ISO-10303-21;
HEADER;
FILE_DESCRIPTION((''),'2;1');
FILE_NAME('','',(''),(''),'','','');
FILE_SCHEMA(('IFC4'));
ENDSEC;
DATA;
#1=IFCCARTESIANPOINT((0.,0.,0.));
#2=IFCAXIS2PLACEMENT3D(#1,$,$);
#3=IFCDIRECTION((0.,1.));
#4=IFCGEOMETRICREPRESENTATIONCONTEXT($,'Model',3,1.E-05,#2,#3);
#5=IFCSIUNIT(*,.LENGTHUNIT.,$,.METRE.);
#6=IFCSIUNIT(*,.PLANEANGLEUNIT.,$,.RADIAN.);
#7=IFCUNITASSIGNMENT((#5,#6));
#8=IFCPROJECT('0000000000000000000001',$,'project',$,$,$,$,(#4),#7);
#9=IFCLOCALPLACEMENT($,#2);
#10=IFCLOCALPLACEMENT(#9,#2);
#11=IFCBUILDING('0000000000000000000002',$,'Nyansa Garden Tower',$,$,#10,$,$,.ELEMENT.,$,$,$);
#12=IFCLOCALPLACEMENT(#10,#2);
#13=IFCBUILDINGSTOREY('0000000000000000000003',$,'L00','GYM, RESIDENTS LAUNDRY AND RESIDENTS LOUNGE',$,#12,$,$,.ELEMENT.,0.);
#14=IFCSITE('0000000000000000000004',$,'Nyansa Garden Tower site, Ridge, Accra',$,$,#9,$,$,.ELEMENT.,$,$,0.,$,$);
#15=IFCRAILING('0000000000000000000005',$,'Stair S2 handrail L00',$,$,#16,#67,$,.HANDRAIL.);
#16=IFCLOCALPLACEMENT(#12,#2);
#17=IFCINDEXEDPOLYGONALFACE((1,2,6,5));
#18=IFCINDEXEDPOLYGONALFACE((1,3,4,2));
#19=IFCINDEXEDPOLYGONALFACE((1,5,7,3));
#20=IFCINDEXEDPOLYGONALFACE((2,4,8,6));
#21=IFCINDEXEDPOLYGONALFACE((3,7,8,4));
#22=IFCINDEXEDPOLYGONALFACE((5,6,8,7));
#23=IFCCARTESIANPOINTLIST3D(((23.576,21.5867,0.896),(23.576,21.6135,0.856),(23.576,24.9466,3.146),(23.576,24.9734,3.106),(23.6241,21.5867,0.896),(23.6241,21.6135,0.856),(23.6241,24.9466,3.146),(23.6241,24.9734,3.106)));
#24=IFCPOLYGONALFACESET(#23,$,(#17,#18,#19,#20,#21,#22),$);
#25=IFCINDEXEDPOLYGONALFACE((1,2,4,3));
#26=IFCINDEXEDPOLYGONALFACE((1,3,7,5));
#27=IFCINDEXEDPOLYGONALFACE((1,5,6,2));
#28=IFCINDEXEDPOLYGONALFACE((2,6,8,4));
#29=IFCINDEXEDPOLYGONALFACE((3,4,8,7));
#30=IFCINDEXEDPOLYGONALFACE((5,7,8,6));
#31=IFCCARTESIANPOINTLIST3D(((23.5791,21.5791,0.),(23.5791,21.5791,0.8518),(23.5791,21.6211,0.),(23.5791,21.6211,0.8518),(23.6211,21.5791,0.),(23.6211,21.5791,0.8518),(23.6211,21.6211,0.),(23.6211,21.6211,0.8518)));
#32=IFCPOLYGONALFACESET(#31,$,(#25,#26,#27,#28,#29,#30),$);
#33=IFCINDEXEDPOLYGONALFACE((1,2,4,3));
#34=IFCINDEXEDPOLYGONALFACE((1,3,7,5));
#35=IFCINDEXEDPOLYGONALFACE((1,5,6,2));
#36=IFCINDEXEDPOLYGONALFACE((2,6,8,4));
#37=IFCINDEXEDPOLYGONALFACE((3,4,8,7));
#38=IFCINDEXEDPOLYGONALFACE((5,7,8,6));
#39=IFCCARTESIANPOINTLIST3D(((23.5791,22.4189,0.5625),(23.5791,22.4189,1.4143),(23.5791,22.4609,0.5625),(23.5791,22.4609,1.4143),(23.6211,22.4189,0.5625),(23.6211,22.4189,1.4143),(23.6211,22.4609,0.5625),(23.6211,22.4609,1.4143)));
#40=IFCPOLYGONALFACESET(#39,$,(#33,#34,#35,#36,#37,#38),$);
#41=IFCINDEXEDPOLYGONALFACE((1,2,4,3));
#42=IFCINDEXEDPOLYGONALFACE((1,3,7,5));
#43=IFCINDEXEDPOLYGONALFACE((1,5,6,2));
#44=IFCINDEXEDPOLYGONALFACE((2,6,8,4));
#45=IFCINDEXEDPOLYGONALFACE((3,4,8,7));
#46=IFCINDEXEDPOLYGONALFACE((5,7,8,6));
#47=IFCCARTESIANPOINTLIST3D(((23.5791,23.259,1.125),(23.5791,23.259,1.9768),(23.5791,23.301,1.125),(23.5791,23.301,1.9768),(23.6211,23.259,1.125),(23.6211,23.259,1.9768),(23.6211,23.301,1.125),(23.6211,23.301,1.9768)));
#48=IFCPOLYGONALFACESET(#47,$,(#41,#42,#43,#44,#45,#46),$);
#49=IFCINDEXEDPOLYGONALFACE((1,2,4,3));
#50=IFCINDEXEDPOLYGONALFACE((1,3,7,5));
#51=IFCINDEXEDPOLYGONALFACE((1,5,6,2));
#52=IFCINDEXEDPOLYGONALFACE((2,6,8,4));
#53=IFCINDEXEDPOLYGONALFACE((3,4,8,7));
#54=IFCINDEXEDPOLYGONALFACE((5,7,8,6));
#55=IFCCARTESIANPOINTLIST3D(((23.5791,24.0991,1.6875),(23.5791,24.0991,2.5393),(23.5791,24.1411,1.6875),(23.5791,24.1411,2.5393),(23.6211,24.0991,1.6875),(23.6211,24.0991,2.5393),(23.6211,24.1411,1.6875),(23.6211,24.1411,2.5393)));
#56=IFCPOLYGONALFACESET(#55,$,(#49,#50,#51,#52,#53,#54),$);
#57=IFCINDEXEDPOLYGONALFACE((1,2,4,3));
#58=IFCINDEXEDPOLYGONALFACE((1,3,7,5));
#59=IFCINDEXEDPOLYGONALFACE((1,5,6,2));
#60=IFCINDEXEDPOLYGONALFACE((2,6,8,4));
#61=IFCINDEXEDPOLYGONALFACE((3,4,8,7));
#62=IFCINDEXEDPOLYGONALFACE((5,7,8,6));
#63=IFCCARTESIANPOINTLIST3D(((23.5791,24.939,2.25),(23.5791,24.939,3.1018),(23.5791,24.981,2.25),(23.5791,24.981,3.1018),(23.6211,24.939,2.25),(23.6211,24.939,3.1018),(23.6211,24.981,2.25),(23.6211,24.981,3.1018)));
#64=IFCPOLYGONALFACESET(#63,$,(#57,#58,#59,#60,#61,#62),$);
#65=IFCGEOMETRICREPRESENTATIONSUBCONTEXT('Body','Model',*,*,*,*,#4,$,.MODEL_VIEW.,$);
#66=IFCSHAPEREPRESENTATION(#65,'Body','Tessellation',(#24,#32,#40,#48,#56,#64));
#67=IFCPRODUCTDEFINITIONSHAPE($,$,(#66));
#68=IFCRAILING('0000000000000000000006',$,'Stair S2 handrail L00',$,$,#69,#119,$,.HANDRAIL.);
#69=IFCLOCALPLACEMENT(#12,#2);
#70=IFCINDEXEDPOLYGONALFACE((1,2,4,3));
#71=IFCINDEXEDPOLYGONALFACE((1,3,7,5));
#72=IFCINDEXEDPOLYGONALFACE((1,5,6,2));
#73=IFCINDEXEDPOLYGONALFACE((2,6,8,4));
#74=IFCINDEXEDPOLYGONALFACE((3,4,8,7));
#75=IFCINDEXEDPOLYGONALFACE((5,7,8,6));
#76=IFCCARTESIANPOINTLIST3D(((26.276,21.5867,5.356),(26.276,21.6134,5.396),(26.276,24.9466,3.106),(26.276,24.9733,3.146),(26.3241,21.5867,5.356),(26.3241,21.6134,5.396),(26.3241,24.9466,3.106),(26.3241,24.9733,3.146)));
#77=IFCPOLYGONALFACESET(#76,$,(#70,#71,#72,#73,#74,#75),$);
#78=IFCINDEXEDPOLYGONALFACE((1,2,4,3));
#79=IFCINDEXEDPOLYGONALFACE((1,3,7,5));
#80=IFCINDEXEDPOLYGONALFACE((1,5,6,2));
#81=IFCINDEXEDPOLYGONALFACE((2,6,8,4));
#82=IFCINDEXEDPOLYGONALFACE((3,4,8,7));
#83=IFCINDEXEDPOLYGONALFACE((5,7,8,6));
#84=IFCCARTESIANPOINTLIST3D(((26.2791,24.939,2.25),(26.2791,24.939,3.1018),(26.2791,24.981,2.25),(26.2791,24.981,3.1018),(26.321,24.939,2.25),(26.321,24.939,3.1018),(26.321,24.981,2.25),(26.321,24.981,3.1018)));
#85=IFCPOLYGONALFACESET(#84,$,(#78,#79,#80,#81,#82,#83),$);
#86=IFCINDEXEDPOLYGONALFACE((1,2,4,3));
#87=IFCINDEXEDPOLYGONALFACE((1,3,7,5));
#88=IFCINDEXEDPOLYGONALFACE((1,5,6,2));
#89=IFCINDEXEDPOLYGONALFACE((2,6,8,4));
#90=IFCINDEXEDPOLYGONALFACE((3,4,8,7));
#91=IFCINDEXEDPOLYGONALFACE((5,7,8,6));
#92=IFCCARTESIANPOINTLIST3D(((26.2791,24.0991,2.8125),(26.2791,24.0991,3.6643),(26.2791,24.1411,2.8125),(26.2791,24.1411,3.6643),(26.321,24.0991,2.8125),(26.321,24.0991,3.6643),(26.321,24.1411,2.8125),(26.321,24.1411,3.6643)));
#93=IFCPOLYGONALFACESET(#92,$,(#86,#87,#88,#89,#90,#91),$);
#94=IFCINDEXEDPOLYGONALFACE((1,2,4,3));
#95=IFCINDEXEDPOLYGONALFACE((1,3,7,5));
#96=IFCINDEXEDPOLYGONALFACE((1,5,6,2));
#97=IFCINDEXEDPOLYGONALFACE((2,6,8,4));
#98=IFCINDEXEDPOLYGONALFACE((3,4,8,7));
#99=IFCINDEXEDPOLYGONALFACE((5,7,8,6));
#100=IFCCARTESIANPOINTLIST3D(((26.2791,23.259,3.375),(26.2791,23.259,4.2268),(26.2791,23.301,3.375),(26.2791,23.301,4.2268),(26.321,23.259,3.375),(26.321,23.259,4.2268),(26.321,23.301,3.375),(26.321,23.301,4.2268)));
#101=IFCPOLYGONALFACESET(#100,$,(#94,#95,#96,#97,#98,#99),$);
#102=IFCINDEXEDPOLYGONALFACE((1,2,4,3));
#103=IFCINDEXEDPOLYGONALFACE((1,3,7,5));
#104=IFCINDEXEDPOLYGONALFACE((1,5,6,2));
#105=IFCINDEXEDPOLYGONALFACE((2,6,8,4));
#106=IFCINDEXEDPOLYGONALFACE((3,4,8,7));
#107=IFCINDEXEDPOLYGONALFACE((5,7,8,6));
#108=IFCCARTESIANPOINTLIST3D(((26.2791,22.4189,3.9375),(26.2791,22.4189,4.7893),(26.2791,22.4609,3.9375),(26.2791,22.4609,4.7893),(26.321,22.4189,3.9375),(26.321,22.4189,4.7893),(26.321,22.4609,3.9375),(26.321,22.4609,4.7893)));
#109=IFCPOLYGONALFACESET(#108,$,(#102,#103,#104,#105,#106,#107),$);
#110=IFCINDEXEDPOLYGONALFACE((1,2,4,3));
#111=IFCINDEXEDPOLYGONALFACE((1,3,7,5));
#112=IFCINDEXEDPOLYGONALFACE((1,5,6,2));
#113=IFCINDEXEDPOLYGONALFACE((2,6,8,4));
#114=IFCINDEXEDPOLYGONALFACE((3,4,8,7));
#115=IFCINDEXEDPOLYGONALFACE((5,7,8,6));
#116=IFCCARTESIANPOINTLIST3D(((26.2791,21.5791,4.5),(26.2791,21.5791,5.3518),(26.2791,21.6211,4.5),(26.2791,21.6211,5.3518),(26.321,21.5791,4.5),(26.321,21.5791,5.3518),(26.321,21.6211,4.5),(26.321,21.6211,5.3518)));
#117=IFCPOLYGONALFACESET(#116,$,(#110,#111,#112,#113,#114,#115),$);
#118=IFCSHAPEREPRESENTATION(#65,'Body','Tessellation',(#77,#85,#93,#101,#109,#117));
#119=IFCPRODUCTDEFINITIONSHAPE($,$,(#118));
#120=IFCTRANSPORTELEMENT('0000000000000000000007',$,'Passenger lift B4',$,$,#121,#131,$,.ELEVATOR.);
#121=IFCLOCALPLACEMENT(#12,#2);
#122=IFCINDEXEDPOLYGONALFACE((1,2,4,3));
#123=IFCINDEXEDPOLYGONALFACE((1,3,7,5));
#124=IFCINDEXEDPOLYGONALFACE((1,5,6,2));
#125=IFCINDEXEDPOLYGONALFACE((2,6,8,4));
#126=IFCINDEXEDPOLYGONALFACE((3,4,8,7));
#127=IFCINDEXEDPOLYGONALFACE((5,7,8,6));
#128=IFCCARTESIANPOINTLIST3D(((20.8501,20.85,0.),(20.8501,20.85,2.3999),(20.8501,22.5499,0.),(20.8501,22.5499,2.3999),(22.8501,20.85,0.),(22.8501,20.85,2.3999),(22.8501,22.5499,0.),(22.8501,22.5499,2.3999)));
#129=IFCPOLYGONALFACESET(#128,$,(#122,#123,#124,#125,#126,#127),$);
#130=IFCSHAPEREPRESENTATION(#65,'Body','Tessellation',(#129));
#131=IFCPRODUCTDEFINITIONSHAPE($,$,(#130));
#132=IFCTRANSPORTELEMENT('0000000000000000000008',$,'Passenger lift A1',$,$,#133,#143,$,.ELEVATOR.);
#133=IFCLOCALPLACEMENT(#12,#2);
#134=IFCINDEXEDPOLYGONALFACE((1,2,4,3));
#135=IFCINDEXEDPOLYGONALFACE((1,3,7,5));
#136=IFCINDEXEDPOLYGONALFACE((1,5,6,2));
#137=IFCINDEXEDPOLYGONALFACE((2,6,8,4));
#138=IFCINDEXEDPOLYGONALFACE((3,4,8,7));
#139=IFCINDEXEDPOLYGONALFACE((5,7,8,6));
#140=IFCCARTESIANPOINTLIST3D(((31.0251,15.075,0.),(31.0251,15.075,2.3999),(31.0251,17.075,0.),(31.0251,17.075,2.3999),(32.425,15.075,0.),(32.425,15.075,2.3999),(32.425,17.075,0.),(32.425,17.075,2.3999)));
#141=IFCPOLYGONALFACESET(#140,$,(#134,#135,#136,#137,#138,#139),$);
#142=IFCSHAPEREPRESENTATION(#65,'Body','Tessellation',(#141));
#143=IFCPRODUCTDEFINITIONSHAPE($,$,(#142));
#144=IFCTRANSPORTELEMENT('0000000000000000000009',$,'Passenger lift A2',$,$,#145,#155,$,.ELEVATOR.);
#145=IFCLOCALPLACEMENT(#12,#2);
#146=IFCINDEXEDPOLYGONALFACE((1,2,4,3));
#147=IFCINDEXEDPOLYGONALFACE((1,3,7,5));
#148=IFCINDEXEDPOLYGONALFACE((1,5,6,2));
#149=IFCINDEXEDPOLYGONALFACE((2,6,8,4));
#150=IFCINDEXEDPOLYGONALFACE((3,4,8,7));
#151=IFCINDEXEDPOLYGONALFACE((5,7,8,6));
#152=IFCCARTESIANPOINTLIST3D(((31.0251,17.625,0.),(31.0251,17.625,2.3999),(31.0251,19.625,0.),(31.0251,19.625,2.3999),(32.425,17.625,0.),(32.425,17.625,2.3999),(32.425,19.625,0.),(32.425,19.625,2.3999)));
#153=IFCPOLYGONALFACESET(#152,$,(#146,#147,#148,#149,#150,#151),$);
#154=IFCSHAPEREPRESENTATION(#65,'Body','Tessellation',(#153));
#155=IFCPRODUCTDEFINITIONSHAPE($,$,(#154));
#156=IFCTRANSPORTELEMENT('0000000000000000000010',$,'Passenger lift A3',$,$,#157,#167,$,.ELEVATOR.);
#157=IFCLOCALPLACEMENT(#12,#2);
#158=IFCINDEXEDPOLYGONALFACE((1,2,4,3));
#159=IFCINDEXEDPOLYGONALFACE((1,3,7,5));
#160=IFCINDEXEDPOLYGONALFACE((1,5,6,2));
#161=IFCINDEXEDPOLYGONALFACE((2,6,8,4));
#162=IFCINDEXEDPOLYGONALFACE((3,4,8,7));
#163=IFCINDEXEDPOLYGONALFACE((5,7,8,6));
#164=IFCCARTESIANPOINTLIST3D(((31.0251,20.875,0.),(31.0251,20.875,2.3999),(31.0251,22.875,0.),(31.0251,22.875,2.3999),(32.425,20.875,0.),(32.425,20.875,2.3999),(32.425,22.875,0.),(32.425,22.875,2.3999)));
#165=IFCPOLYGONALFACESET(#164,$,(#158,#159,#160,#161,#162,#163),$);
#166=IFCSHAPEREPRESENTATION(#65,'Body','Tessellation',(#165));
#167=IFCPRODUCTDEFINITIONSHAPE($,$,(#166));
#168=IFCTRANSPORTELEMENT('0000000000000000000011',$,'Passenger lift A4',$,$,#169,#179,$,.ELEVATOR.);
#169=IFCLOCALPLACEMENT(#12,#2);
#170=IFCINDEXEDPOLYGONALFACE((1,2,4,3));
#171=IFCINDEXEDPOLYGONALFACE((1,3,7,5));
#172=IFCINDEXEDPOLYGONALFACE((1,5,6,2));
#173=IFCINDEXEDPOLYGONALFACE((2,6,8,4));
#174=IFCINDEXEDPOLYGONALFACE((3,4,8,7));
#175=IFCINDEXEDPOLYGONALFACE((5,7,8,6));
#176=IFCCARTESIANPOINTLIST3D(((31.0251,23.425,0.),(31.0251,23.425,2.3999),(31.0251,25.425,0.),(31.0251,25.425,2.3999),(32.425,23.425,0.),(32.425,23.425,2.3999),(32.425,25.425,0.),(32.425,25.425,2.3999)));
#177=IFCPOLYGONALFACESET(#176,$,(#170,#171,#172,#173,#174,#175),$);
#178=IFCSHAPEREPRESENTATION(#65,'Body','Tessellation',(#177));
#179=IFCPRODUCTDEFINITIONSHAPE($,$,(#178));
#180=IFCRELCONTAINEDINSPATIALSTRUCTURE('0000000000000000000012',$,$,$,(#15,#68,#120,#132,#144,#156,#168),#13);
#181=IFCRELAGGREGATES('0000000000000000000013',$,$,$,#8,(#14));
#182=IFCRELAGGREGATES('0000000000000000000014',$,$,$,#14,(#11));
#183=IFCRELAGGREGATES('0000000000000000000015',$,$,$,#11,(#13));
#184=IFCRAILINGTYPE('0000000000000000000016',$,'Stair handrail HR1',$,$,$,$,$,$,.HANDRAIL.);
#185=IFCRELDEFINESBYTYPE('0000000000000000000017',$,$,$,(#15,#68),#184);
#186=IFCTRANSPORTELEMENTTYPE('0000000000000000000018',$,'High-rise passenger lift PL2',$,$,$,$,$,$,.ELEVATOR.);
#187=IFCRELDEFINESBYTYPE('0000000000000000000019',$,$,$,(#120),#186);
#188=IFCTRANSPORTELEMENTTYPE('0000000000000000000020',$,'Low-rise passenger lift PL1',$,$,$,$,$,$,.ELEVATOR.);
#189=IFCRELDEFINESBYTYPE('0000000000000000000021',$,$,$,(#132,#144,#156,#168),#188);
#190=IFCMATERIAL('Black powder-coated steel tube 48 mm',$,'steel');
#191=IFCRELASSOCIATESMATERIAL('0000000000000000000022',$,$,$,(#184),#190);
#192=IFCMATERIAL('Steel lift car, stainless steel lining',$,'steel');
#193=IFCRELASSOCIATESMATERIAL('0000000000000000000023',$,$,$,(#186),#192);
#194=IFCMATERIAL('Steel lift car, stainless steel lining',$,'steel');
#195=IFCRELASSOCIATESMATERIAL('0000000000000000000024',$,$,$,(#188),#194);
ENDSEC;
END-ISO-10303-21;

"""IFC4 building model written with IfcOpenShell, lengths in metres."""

from ifc_helpers import new_model, si_unit, direction, frame, origin, origin_2d, place, context, subcontext, project, spatial, rectangle, extrude, material, type_object, element, save


model = new_model("IFC4")

# Units and contexts
model_context = context("Model", 3, precision=1e-05, world=origin(), true_north=direction((0.0, 1.0)))
body_context = subcontext(model_context, "Body", "Model", "MODEL_VIEW")
ifc_project = project(units=[si_unit("LENGTHUNIT", "METRE"), si_unit("PLANEANGLEUNIT", "RADIAN")], contexts=[model_context])

# Site, building, storey
site_placement = place(None, origin())
site = spatial("IfcSite", under=ifc_project, at=site_placement, Name="Nyansa Garden Tower site, Ridge, Accra", CompositionType="ELEMENT", RefElevation=0.0)
building_placement = place(site_placement, origin())
building = spatial("IfcBuilding", under=site, at=building_placement, Name="Nyansa Garden Tower", CompositionType="ELEMENT")
storey_placement = place(building_placement, origin())
storey = spatial("IfcBuildingStorey", under=building, at=storey_placement, Name="L00", Description="GYM, RESIDENTS LAUNDRY AND RESIDENTS LOUNGE", CompositionType="ELEMENT", Elevation=0.0)

# Railings
ifc_material_1 = material(Name="Black powder-coated steel tube 48 mm", Category="steel")
railing_type = type_object("IfcRailingType", Name="Stair handrail HR1", PredefinedType="HANDRAIL", material=ifc_material_1)
railing_1_placement = place(storey_placement, frame((23.6001, 21.6001, 0.0)))
element("IfcRailing", 1, at=railing_1_placement, inside=storey, type_object=railing_type, Name="Stair S2 handrail L00", PredefinedType="HANDRAIL", context=body_context, shape_type="SweptSolid", body=[
    extrude(rectangle(XDim=0.0481, YDim=0.0481, at=origin_2d()), frame((0.0, 0.0, 0.876), z_axis=(0.0, 0.830897, 0.556427), x_axis=(-1.0, 0.0, 0.0)), (0.0, 0.0, 1.0), 4.0437),
    extrude(rectangle(XDim=0.042, YDim=0.042, at=origin_2d()), origin(), (0.0, 0.0, 1.0), 0.8518),
    extrude(rectangle(XDim=0.042, YDim=0.042, at=origin_2d()), frame((0.0, 0.8398, 0.5625)), (0.0, 0.0, 1.0), 0.8518),
    extrude(rectangle(XDim=0.042, YDim=0.042, at=origin_2d()), frame((0.0, 1.6799, 1.125)), (0.0, 0.0, 1.0), 0.8518),
    extrude(rectangle(XDim=0.042, YDim=0.042, at=origin_2d()), frame((0.0, 2.52, 1.6875)), (0.0, 0.0, 1.0), 0.8518),
    extrude(rectangle(XDim=0.042, YDim=0.042, at=origin_2d()), frame((0.0, 3.3599, 2.25)), (0.0, 0.0, 1.0), 0.8518),
])
railing_2_placement = place(storey_placement, frame((26.3, 24.96, 2.25)))
element("IfcRailing", 2, at=railing_2_placement, inside=storey, type_object=railing_type, Name="Stair S2 handrail L00", PredefinedType="HANDRAIL", context=body_context, shape_type="SweptSolid", body=[
    extrude(rectangle(XDim=0.0481, YDim=0.0481, at=origin_2d()), frame((0.0, 0.0, 0.876), z_axis=(0.0, -0.830897, 0.556427), x_axis=(1.0, 0.0, 0.0)), (0.0, 0.0, 1.0), 4.0437),
    extrude(rectangle(XDim=0.042, YDim=0.042, at=origin_2d()), origin(), (0.0, 0.0, 1.0), 0.8518),
    extrude(rectangle(XDim=0.042, YDim=0.042, at=origin_2d()), frame((0.0, -0.8398, 0.5625)), (0.0, 0.0, 1.0), 0.8518),
    extrude(rectangle(XDim=0.042, YDim=0.042, at=origin_2d()), frame((0.0, -1.6799, 1.125)), (0.0, 0.0, 1.0), 0.8518),
    extrude(rectangle(XDim=0.042, YDim=0.042, at=origin_2d()), frame((0.0, -2.52, 1.6875)), (0.0, 0.0, 1.0), 0.8518),
    extrude(rectangle(XDim=0.042, YDim=0.042, at=origin_2d()), frame((0.0, -3.3599, 2.25)), (0.0, 0.0, 1.0), 0.8518),
])

# Transport elements
ifc_material_2 = material(Name="Steel lift car, stainless steel lining", Category="steel")
transport_element_type_1 = type_object("IfcTransportElementType", Name="High-rise passenger lift PL2", PredefinedType="ELEVATOR", material=ifc_material_2)
transport_element_placement = place(storey_placement, frame((21.8501, 21.7, 0.0), z_axis=(0.0, 0.0, 1.0), x_axis=(1.0, 0.0, 0.0)))
element("IfcTransportElement", 3, at=transport_element_placement, inside=storey, type_object=transport_element_type_1, Name="Passenger lift B4", PredefinedType="ELEVATOR", context=body_context, shape_type="SweptSolid", body=[
    extrude(rectangle(XDim=2.0, YDim=1.7, at=origin_2d()), origin(), (0.0, 0.0, 1.0), 2.3999),
])
ifc_material_3 = material(Name="Steel lift car, stainless steel lining", Category="steel")
transport_element_type_2 = type_object("IfcTransportElementType", Name="Low-rise passenger lift PL1", PredefinedType="ELEVATOR", material=ifc_material_3)
for number, where, z_axis, x_axis, name in (
    (4, (31.7251, 16.075, 0.0), (0.0, 0.0, 1.0), (1.0, 0.0, 0.0), "Passenger lift A1"),
    (5, (31.7251, 18.625, 0.0), (0.0, 0.0, 1.0), (1.0, 0.0, 0.0), "Passenger lift A2"),
    (6, (31.7251, 21.875, 0.0), (0.0, 0.0, 1.0), (1.0, 0.0, 0.0), "Passenger lift A3"),
    (7, (31.7251, 24.425, 0.0), (0.0, 0.0, 1.0), (1.0, 0.0, 0.0), "Passenger lift A4"),
):
    element("IfcTransportElement", number, at=place(storey_placement, frame(where, z_axis=z_axis, x_axis=x_axis)), inside=storey, type_object=transport_element_type_2, Name=name, PredefinedType="ELEVATOR", context=body_context, shape_type="SweptSolid", body=[
        extrude(rectangle(XDim=1.3999, YDim=2.0, at=origin_2d()), origin(), (0.0, 0.0, 1.0), 2.3999),
    ])

save(model, "model.ifc")
